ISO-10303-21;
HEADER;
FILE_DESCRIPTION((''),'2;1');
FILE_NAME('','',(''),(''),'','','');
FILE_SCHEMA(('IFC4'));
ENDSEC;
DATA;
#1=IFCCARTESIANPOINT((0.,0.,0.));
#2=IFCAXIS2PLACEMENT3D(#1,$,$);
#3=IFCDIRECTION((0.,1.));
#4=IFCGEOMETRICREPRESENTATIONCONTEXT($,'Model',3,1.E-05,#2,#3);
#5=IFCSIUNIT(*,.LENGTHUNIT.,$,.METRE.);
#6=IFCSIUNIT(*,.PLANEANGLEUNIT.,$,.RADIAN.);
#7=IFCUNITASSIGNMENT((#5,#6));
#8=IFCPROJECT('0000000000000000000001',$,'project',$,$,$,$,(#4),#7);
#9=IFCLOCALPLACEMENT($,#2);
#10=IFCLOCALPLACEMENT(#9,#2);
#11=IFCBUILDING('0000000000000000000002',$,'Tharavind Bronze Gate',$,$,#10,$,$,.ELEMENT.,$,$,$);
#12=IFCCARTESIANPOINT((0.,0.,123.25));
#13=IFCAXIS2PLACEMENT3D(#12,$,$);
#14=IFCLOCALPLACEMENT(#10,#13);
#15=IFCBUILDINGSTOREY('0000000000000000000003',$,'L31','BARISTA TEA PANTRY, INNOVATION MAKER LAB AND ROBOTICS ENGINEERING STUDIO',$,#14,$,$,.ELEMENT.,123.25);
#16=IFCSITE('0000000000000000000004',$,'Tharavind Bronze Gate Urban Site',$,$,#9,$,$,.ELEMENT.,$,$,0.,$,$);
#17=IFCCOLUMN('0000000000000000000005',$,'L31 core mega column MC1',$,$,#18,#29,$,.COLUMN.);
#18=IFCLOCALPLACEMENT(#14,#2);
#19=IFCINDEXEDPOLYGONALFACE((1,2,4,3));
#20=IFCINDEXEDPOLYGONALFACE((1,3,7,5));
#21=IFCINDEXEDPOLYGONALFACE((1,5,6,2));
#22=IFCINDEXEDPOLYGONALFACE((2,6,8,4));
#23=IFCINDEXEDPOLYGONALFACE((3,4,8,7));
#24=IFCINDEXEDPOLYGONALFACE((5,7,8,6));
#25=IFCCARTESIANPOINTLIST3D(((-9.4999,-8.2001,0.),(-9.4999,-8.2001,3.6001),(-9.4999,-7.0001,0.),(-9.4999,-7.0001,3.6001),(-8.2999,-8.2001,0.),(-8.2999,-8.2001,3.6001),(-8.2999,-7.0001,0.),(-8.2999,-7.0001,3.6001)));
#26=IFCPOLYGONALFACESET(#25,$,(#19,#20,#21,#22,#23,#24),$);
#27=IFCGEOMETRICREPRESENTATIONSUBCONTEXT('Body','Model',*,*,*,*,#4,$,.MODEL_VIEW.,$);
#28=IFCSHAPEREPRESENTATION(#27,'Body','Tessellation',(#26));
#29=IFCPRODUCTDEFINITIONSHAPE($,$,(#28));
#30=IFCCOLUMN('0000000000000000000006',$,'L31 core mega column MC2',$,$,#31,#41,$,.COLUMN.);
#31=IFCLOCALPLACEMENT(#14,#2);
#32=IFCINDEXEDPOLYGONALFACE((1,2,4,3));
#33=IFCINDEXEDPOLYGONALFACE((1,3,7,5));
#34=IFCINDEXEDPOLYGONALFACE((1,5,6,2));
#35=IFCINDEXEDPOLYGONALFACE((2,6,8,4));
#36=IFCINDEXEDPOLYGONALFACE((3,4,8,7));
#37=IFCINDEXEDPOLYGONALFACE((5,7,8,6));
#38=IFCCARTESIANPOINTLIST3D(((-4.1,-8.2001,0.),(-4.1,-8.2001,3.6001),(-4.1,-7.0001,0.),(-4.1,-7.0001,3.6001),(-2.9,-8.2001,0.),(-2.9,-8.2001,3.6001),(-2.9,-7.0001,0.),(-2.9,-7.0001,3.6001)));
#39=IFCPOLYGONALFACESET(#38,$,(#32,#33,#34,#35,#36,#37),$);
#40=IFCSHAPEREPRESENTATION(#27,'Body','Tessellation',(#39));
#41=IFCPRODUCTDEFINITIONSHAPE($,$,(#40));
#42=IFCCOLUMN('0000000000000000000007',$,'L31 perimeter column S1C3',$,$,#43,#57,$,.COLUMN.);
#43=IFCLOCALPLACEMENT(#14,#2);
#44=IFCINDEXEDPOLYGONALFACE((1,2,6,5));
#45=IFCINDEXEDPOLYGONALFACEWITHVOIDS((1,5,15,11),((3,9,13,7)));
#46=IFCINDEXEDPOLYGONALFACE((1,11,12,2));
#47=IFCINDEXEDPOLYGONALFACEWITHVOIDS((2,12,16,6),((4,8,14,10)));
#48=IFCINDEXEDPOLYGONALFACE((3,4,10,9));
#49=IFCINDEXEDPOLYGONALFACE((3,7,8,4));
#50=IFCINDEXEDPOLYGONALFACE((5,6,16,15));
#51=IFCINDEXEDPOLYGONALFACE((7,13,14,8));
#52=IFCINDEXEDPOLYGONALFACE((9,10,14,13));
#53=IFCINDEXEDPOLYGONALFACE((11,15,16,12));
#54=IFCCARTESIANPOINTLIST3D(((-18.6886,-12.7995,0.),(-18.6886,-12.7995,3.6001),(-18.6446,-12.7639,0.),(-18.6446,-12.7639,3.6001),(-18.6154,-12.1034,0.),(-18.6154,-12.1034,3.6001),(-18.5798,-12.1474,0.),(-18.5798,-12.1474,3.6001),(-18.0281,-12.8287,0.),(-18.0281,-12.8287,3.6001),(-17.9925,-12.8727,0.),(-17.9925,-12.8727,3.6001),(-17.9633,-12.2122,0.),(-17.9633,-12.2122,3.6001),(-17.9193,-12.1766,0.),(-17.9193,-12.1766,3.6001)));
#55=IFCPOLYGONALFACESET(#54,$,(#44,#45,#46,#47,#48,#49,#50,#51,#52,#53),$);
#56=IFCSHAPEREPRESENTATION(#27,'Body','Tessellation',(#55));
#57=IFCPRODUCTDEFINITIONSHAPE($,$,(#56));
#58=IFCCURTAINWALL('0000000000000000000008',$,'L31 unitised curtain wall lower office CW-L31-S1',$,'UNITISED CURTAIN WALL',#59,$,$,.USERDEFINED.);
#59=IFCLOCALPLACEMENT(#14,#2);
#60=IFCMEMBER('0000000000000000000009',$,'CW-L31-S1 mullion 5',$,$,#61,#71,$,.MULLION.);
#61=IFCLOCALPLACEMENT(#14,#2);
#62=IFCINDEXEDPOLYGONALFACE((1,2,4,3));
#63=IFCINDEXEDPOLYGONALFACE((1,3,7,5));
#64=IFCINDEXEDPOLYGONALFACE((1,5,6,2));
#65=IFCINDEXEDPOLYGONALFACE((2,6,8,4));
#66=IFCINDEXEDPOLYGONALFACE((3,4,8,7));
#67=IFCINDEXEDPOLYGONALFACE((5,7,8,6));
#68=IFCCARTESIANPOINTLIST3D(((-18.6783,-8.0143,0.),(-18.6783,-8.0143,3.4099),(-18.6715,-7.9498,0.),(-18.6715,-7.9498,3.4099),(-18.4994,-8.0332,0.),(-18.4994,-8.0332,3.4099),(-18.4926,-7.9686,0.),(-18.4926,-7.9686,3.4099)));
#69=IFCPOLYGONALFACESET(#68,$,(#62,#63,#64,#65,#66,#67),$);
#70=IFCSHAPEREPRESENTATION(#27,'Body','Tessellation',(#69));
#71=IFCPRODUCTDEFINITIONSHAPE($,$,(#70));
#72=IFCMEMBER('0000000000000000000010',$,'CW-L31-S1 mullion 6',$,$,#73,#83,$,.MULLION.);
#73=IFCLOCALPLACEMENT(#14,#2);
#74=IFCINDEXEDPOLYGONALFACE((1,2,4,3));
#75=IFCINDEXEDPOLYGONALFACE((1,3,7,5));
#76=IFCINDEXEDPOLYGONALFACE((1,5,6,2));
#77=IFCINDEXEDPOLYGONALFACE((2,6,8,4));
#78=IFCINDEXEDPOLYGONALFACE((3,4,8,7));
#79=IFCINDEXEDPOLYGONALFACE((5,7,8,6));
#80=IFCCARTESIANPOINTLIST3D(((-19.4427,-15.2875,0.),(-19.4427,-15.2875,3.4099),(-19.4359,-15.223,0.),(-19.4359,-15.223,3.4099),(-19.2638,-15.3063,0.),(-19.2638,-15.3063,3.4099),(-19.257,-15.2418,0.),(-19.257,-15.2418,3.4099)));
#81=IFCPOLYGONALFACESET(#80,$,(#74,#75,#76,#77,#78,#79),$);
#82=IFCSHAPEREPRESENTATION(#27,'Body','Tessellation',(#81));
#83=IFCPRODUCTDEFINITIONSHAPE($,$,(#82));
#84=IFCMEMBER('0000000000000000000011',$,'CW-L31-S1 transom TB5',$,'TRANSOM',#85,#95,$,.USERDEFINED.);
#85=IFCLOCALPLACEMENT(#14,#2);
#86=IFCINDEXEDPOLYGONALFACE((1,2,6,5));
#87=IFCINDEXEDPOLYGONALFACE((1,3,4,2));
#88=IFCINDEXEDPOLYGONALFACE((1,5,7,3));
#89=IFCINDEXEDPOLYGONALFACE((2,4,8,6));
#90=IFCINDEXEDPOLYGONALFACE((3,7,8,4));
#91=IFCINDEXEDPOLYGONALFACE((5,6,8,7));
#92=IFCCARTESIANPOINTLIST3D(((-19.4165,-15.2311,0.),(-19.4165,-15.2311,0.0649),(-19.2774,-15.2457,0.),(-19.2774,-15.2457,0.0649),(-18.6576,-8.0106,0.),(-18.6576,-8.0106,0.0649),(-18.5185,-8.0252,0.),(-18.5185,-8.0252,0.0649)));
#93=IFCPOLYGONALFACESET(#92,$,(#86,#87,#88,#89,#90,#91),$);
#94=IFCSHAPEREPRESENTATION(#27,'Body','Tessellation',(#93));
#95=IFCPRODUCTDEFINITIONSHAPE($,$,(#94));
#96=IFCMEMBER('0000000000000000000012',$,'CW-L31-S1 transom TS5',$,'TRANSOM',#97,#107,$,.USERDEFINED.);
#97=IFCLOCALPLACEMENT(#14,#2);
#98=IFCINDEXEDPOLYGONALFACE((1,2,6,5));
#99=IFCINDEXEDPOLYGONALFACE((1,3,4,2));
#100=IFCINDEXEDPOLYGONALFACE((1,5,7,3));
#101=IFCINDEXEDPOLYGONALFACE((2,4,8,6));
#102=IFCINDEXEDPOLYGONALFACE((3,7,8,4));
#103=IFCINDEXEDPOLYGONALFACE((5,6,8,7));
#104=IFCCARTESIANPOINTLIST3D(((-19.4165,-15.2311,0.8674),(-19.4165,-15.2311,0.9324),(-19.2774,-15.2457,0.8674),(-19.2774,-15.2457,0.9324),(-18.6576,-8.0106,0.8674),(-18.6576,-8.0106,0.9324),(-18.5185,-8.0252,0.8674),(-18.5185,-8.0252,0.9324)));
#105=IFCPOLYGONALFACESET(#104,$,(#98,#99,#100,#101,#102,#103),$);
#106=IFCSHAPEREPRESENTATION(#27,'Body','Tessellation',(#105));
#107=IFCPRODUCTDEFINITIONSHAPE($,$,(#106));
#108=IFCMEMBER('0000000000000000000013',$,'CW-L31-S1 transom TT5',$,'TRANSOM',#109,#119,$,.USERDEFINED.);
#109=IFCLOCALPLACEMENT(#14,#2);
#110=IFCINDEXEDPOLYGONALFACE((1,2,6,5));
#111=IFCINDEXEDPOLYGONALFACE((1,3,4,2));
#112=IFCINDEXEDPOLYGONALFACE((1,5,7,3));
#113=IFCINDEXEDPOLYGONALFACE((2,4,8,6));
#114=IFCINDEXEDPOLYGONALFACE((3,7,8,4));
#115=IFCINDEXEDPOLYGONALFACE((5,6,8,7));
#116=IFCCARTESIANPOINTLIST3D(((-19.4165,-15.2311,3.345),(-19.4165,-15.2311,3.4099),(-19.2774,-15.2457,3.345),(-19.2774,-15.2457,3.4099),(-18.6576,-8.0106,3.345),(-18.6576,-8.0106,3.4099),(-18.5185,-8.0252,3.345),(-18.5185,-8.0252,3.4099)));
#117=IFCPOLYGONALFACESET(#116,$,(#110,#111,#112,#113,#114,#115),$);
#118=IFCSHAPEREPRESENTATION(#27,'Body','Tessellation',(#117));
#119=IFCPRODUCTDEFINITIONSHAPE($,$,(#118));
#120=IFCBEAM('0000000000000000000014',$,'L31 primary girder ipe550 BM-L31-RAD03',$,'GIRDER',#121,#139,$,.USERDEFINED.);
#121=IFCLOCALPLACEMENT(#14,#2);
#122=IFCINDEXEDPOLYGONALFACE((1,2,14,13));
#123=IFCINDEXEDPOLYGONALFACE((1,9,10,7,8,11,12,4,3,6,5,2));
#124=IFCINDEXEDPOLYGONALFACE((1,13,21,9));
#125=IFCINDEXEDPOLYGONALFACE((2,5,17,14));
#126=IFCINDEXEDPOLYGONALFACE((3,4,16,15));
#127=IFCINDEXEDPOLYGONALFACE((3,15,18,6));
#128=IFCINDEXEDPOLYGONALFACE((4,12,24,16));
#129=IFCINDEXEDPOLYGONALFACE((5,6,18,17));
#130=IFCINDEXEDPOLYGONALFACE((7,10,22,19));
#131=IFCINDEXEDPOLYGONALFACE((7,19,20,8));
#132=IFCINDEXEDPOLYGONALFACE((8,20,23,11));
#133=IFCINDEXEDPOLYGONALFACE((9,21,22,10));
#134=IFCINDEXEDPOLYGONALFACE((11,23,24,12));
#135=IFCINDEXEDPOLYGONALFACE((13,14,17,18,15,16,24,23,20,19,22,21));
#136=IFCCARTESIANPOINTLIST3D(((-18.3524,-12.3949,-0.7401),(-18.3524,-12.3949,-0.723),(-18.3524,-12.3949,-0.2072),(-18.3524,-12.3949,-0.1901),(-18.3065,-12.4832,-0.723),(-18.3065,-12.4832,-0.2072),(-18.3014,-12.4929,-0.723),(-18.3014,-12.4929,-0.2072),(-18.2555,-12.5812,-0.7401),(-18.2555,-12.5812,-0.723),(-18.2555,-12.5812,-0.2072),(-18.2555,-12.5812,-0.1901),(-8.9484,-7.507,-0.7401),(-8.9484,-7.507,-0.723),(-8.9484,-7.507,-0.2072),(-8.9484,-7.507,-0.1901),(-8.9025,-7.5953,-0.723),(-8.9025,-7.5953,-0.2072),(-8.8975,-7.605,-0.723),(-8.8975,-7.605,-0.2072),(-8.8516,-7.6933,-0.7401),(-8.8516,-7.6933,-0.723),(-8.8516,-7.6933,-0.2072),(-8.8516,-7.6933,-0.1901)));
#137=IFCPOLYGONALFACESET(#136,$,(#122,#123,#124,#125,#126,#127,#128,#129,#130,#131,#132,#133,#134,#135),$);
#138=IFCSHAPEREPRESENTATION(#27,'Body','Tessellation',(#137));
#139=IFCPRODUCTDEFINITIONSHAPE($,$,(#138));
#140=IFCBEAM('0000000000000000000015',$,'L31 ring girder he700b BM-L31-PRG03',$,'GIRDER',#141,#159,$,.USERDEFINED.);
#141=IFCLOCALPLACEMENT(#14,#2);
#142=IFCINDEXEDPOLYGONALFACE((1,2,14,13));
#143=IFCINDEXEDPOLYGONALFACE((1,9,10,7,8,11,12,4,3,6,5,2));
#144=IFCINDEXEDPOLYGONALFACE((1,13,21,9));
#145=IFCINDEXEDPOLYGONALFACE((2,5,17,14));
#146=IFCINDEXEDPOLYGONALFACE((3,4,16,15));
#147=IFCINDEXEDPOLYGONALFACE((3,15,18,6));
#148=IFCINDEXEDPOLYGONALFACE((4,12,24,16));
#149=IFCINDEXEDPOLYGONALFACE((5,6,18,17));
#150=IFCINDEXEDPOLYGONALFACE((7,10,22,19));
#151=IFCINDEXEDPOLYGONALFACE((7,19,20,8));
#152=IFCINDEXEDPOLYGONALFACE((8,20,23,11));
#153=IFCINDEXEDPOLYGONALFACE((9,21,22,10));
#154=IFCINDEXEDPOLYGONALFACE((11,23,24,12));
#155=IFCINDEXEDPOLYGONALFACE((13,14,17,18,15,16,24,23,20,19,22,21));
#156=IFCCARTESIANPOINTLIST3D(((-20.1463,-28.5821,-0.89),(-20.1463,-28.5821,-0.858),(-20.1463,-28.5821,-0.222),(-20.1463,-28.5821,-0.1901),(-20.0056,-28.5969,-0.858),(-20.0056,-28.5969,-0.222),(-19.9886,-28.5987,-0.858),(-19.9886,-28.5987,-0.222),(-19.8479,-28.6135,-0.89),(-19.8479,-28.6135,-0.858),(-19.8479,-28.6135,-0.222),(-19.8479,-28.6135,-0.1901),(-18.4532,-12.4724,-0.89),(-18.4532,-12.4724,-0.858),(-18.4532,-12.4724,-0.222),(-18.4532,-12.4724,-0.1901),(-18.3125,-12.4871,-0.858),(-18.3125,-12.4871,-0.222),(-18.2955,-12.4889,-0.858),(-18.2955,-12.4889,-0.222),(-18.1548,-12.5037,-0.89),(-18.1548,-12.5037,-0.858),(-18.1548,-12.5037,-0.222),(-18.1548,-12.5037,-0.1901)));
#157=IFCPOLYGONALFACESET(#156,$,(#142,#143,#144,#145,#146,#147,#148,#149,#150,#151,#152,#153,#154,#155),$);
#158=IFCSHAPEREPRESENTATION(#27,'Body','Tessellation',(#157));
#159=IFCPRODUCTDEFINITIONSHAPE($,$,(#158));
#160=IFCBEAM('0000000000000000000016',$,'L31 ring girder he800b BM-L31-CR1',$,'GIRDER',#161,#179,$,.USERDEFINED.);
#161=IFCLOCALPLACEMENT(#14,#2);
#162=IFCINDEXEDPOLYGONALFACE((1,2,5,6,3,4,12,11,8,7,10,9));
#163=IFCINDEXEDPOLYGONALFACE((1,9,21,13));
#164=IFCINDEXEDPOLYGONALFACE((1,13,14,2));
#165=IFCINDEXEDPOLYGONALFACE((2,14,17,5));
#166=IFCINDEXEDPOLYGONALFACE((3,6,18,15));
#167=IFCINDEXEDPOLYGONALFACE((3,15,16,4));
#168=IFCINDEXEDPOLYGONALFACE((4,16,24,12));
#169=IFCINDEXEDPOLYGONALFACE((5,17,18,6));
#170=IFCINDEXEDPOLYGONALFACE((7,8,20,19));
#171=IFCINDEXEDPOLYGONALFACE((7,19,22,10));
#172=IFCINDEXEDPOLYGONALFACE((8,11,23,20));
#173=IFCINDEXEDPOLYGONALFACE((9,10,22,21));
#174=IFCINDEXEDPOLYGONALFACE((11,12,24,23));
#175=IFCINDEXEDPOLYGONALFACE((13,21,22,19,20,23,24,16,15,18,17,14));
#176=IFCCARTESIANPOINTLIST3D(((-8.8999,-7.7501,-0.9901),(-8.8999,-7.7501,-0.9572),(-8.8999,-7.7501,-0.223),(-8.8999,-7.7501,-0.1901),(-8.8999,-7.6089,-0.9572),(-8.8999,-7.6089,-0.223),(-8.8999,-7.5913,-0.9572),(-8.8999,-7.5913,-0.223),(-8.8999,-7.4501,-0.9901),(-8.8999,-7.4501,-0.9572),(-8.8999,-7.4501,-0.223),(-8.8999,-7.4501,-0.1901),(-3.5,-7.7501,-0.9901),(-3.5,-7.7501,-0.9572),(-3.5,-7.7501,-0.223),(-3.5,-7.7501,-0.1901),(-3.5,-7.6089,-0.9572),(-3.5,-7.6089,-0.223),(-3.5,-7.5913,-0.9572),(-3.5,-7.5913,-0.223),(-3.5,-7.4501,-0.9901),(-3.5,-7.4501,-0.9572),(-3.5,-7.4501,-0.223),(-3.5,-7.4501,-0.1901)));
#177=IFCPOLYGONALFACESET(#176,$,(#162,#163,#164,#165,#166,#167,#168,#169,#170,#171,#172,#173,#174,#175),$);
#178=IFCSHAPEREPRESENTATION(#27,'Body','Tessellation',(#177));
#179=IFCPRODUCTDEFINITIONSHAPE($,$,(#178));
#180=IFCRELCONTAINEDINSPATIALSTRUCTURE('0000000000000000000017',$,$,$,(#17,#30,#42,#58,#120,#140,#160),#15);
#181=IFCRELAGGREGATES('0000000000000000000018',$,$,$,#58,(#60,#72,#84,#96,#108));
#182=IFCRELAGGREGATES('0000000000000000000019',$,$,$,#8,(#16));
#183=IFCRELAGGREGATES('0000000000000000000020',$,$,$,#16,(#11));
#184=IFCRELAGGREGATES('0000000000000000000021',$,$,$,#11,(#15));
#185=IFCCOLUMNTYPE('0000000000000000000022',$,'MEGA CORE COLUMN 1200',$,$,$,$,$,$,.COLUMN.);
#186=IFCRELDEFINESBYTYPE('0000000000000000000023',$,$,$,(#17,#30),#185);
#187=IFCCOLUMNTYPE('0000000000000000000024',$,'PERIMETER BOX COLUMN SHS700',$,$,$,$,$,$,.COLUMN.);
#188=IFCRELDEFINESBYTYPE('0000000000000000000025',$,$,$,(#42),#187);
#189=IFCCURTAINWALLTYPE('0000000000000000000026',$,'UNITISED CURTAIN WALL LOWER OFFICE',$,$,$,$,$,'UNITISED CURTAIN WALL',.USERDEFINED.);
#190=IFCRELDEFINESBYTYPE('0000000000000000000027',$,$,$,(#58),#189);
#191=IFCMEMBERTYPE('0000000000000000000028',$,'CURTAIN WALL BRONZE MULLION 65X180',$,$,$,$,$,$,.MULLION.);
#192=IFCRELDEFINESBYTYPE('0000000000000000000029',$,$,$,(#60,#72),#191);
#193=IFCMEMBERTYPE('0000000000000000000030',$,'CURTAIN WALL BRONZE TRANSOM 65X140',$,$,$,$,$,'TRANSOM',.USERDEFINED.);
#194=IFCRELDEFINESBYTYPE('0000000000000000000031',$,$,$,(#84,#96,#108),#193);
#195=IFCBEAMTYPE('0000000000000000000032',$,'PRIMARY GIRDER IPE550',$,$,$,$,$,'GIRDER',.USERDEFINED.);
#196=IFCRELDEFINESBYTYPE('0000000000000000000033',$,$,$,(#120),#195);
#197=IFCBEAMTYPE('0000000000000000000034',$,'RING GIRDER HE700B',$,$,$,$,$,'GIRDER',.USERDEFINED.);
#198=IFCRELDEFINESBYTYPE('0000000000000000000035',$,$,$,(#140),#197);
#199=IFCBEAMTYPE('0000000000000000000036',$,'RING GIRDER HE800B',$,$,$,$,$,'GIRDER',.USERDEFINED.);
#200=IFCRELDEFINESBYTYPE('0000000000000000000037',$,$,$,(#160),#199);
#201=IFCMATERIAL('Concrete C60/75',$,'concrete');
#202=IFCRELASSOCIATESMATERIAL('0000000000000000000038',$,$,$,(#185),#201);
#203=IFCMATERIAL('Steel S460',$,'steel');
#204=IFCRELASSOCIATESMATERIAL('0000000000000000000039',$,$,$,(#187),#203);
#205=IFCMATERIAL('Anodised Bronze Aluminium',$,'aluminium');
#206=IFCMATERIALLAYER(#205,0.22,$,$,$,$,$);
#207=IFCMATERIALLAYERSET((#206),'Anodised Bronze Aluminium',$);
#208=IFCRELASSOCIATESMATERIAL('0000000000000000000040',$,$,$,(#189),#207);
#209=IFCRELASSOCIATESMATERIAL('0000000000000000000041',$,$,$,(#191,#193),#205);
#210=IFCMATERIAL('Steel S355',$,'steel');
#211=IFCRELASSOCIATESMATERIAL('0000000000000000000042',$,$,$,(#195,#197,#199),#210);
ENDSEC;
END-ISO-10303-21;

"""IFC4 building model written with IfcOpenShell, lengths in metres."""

from ifc_helpers import new_model, si_unit, direction, frame, origin, origin_2d, place, context, subcontext, project, spatial, rectangle, hollow_rectangle, i_section, extrude, material, layer, layer_set, material_profile, profile_set, type_object, element, aggregate, save


model = new_model("IFC4")

# Units and contexts
model_context = context("Model", 3, precision=1e-05, world=origin(), true_north=direction((0.0, 1.0)))
body_context = subcontext(model_context, "Body", "Model", "MODEL_VIEW")
ifc_project = project(units=[si_unit("LENGTHUNIT", "METRE"), si_unit("PLANEANGLEUNIT", "RADIAN")], contexts=[model_context])

# Site, building, storey
site_placement = place(None, origin())
site = spatial("IfcSite", under=ifc_project, at=site_placement, Name="Tharavind Bronze Gate Urban Site", CompositionType="ELEMENT", RefElevation=0.0)
building_placement = place(site_placement, origin())
building = spatial("IfcBuilding", under=site, at=building_placement, Name="Tharavind Bronze Gate", CompositionType="ELEMENT")
storey_placement = place(building_placement, frame((0.0, 0.0, 123.25)))
storey = spatial("IfcBuildingStorey", under=building, at=storey_placement, Name="L31", Description="BARISTA TEA PANTRY, INNOVATION MAKER LAB AND ROBOTICS ENGINEERING STUDIO", CompositionType="ELEMENT", Elevation=123.25)

# Columns
ifc_material_1 = material(Name="Concrete C60/75", Category="concrete")
ifc_material_profile_1 = material_profile(ifc_material_1, rectangle(XDim=1.2, YDim=1.2, at=origin_2d()), Name="RCCOL1200")
ifc_profile_set_1 = profile_set([ifc_material_profile_1], Name="Concrete C60/75")
column_type_1 = type_object("IfcColumnType", Name="MEGA CORE COLUMN 1200", PredefinedType="COLUMN", material=ifc_profile_set_1)
for number, where, z_axis, x_axis, name in (
    (1, (-8.8999, -7.6001, 0.0), (0.0, 0.0, 1.0), (1.0, 0.0, 0.0), "L31 core mega column MC1"),
    (2, (-3.5, -7.6001, 0.0), (0.0, 0.0, 1.0), (1.0, 0.0, 0.0), "L31 core mega column MC2"),
):
    element("IfcColumn", number, at=place(storey_placement, frame(where, z_axis=z_axis, x_axis=x_axis)), inside=storey, type_object=column_type_1, Name=name, PredefinedType="COLUMN", context=body_context, shape_type="SweptSolid", body=[
        extrude(rectangle(XDim=1.2, YDim=1.2, at=origin_2d()), origin(), (0.0, 0.0, 1.0), 3.6001),
    ])
ifc_material_2 = material(Name="Steel S460", Category="steel")
ifc_material_profile_2 = material_profile(ifc_material_2, hollow_rectangle(XDim=0.7, YDim=0.7, WallThickness=0.04, at=origin_2d()), Name="SHS700X40")
ifc_profile_set_2 = profile_set([ifc_material_profile_2], Name="Steel S460")
column_type_2 = type_object("IfcColumnType", Name="PERIMETER BOX COLUMN SHS700", PredefinedType="COLUMN", material=ifc_profile_set_2)
column_placement = place(storey_placement, frame((-18.304, -12.488, 0.0), z_axis=(0.0, 0.0, 1.0), x_axis=(0.10453, 0.994522, 0.0)))
element("IfcColumn", 3, at=column_placement, inside=storey, type_object=column_type_2, Name="L31 perimeter column S1C3", PredefinedType="COLUMN", context=body_context, shape_type="SweptSolid", body=[
    extrude(hollow_rectangle(XDim=0.7, YDim=0.7, WallThickness=0.04, at=origin_2d()), origin(), (0.0, 0.0, 1.0), 3.6001),
])

# Curtain wall, members
ifc_material_3 = material(Name="Anodised Bronze Aluminium", Category="aluminium")
ifc_layer_1 = layer(ifc_material_3, 0.22)
ifc_layer_set_1 = layer_set([ifc_layer_1], Name="Anodised Bronze Aluminium")
curtain_wall_type = type_object("IfcCurtainWallType", Name="UNITISED CURTAIN WALL LOWER OFFICE", ElementType="UNITISED CURTAIN WALL", PredefinedType="USERDEFINED", material=ifc_layer_set_1)
curtain_wall_placement = place(storey_placement, origin())
curtain_wall = element("IfcCurtainWall", 4, at=curtain_wall_placement, inside=storey, type_object=curtain_wall_type, Name="L31 unitised curtain wall lower office CW-L31-S1", ObjectType="UNITISED CURTAIN WALL", PredefinedType="USERDEFINED")
member_type_1 = type_object("IfcMemberType", Name="CURTAIN WALL BRONZE MULLION 65X180", PredefinedType="MULLION", material=ifc_material_3)
member_1_placement = place(storey_placement, frame((-18.5854, -7.9915, 0.0), z_axis=(0.0, 0.0, 1.0), x_axis=(-0.104527, -0.994522, 0.0)))
member_1 = element("IfcMember", 5, at=member_1_placement, type_object=member_type_1, Name="CW-L31-S1 mullion 5", PredefinedType="MULLION", context=body_context, shape_type="SweptSolid", body=[
    extrude(rectangle(XDim=0.0649, YDim=0.1799, at=origin_2d()), origin(), (0.0, 0.0, 1.0), 3.4099),
])
member_2_placement = place(storey_placement, frame((-19.3499, -15.2646, 0.0), z_axis=(0.0, 0.0, 1.0), x_axis=(-0.104527, -0.994522, 0.0)))
member_2 = element("IfcMember", 6, at=member_2_placement, type_object=member_type_1, Name="CW-L31-S1 mullion 6", PredefinedType="MULLION", context=body_context, shape_type="SweptSolid", body=[
    extrude(rectangle(XDim=0.0649, YDim=0.1799, at=origin_2d()), origin(), (0.0, 0.0, 1.0), 3.4099),
])
member_type_2 = type_object("IfcMemberType", Name="CURTAIN WALL BRONZE TRANSOM 65X140", ElementType="TRANSOM", PredefinedType="USERDEFINED", material=ifc_material_3)
member_3_placement = place(storey_placement, frame((-18.9675, -11.6282, 0.0), z_axis=(0.0, 0.0, 1.0), x_axis=(-0.104527, -0.994522, 0.0)))
member_3 = element("IfcMember", 7, at=member_3_placement, type_object=member_type_2, Name="CW-L31-S1 transom TB5", ObjectType="TRANSOM", PredefinedType="USERDEFINED", context=body_context, shape_type="SweptSolid", body=[
    extrude(rectangle(XDim=7.2603, YDim=0.1399, at=origin_2d()), origin(), (0.0, 0.0, 1.0), 0.0649),
])
member_4_placement = place(storey_placement, frame((-18.9675, -11.6282, 0.8674), z_axis=(0.0, 0.0, 1.0), x_axis=(-0.104527, -0.994522, 0.0)))
member_4 = element("IfcMember", 8, at=member_4_placement, type_object=member_type_2, Name="CW-L31-S1 transom TS5", ObjectType="TRANSOM", PredefinedType="USERDEFINED", context=body_context, shape_type="SweptSolid", body=[
    extrude(rectangle(XDim=7.2603, YDim=0.1399, at=origin_2d()), origin(), (0.0, 0.0, 1.0), 0.0649),
])
member_5_placement = place(storey_placement, frame((-18.9675, -11.6282, 3.345), z_axis=(0.0, 0.0, 1.0), x_axis=(-0.104527, -0.994522, 0.0)))
member_5 = element("IfcMember", 9, at=member_5_placement, type_object=member_type_2, Name="CW-L31-S1 transom TT5", ObjectType="TRANSOM", PredefinedType="USERDEFINED", context=body_context, shape_type="SweptSolid", body=[
    extrude(rectangle(XDim=7.2603, YDim=0.1399, at=origin_2d()), origin(), (0.0, 0.0, 1.0), 0.0649),
])

# Beams
ifc_material_4 = material(Name="Steel S355", Category="steel")
ifc_material_profile_3 = material_profile(ifc_material_4, i_section(OverallWidth=0.21, OverallDepth=0.55, WebThickness=0.011, FlangeThickness=0.0171, at=origin_2d()), Name="IPE550")
ifc_profile_set_3 = profile_set([ifc_material_profile_3], Name="Steel S355")
beam_type_1 = type_object("IfcBeamType", Name="PRIMARY GIRDER IPE550", ElementType="GIRDER", PredefinedType="USERDEFINED", material=ifc_profile_set_3)
beam_1_placement = place(storey_placement, frame((-18.304, -12.488, -0.4651), z_axis=(0.887301, 0.461192, 0.0), x_axis=(-0.461192, 0.887301, 0.0)))
element("IfcBeam", 10, at=beam_1_placement, inside=storey, type_object=beam_type_1, Name="L31 primary girder ipe550 BM-L31-RAD03", ObjectType="GIRDER", PredefinedType="USERDEFINED", context=body_context, shape_type="SweptSolid", body=[
    extrude(i_section(OverallWidth=0.21, OverallDepth=0.55, WebThickness=0.011, FlangeThickness=0.0171, at=origin_2d()), origin(), (0.0, 0.0, 1.0), 10.5984),
])
ifc_material_profile_4 = material_profile(ifc_material_4, i_section(OverallWidth=0.3, OverallDepth=0.7, WebThickness=0.0171, FlangeThickness=0.032, at=origin_2d()), Name="HE700B")
ifc_profile_set_4 = profile_set([ifc_material_profile_4], Name="Steel S355")
beam_type_2 = type_object("IfcBeamType", Name="RING GIRDER HE700B", ElementType="GIRDER", PredefinedType="USERDEFINED", material=ifc_profile_set_4)
beam_2_placement = place(storey_placement, frame((-18.304, -12.488, -0.54), z_axis=(-0.104522, -0.994523, 0.0), x_axis=(0.994523, -0.104522, 0.0)))
element("IfcBeam", 11, at=beam_2_placement, inside=storey, type_object=beam_type_2, Name="L31 ring girder he700b BM-L31-PRG03", ObjectType="GIRDER", PredefinedType="USERDEFINED", context=body_context, shape_type="SweptSolid", body=[
    extrude(i_section(OverallWidth=0.3, OverallDepth=0.7, WebThickness=0.0171, FlangeThickness=0.032, at=origin_2d()), origin(), (0.0, 0.0, 1.0), 16.1985),
])
ifc_material_profile_5 = material_profile(ifc_material_4, i_section(OverallWidth=0.3, OverallDepth=0.8, WebThickness=0.0176, FlangeThickness=0.033, at=origin_2d()), Name="HE800B")
ifc_profile_set_5 = profile_set([ifc_material_profile_5], Name="Steel S355")
beam_type_3 = type_object("IfcBeamType", Name="RING GIRDER HE800B", ElementType="GIRDER", PredefinedType="USERDEFINED", material=ifc_profile_set_5)
beam_3_placement = place(storey_placement, frame((-8.8999, -7.6001, -0.5901), z_axis=(1.0, 0.0, 0.0), x_axis=(0.0, 1.0, 0.0)))
element("IfcBeam", 12, at=beam_3_placement, inside=storey, type_object=beam_type_3, Name="L31 ring girder he800b BM-L31-CR1", ObjectType="GIRDER", PredefinedType="USERDEFINED", context=body_context, shape_type="SweptSolid", body=[
    extrude(i_section(OverallWidth=0.3, OverallDepth=0.8, WebThickness=0.0176, FlangeThickness=0.033, at=origin_2d()), origin(), (0.0, 0.0, 1.0), 5.3999),
])

aggregate(curtain_wall, [member_1, member_2, member_3, member_4, member_5])

save(model, "model.ifc")
